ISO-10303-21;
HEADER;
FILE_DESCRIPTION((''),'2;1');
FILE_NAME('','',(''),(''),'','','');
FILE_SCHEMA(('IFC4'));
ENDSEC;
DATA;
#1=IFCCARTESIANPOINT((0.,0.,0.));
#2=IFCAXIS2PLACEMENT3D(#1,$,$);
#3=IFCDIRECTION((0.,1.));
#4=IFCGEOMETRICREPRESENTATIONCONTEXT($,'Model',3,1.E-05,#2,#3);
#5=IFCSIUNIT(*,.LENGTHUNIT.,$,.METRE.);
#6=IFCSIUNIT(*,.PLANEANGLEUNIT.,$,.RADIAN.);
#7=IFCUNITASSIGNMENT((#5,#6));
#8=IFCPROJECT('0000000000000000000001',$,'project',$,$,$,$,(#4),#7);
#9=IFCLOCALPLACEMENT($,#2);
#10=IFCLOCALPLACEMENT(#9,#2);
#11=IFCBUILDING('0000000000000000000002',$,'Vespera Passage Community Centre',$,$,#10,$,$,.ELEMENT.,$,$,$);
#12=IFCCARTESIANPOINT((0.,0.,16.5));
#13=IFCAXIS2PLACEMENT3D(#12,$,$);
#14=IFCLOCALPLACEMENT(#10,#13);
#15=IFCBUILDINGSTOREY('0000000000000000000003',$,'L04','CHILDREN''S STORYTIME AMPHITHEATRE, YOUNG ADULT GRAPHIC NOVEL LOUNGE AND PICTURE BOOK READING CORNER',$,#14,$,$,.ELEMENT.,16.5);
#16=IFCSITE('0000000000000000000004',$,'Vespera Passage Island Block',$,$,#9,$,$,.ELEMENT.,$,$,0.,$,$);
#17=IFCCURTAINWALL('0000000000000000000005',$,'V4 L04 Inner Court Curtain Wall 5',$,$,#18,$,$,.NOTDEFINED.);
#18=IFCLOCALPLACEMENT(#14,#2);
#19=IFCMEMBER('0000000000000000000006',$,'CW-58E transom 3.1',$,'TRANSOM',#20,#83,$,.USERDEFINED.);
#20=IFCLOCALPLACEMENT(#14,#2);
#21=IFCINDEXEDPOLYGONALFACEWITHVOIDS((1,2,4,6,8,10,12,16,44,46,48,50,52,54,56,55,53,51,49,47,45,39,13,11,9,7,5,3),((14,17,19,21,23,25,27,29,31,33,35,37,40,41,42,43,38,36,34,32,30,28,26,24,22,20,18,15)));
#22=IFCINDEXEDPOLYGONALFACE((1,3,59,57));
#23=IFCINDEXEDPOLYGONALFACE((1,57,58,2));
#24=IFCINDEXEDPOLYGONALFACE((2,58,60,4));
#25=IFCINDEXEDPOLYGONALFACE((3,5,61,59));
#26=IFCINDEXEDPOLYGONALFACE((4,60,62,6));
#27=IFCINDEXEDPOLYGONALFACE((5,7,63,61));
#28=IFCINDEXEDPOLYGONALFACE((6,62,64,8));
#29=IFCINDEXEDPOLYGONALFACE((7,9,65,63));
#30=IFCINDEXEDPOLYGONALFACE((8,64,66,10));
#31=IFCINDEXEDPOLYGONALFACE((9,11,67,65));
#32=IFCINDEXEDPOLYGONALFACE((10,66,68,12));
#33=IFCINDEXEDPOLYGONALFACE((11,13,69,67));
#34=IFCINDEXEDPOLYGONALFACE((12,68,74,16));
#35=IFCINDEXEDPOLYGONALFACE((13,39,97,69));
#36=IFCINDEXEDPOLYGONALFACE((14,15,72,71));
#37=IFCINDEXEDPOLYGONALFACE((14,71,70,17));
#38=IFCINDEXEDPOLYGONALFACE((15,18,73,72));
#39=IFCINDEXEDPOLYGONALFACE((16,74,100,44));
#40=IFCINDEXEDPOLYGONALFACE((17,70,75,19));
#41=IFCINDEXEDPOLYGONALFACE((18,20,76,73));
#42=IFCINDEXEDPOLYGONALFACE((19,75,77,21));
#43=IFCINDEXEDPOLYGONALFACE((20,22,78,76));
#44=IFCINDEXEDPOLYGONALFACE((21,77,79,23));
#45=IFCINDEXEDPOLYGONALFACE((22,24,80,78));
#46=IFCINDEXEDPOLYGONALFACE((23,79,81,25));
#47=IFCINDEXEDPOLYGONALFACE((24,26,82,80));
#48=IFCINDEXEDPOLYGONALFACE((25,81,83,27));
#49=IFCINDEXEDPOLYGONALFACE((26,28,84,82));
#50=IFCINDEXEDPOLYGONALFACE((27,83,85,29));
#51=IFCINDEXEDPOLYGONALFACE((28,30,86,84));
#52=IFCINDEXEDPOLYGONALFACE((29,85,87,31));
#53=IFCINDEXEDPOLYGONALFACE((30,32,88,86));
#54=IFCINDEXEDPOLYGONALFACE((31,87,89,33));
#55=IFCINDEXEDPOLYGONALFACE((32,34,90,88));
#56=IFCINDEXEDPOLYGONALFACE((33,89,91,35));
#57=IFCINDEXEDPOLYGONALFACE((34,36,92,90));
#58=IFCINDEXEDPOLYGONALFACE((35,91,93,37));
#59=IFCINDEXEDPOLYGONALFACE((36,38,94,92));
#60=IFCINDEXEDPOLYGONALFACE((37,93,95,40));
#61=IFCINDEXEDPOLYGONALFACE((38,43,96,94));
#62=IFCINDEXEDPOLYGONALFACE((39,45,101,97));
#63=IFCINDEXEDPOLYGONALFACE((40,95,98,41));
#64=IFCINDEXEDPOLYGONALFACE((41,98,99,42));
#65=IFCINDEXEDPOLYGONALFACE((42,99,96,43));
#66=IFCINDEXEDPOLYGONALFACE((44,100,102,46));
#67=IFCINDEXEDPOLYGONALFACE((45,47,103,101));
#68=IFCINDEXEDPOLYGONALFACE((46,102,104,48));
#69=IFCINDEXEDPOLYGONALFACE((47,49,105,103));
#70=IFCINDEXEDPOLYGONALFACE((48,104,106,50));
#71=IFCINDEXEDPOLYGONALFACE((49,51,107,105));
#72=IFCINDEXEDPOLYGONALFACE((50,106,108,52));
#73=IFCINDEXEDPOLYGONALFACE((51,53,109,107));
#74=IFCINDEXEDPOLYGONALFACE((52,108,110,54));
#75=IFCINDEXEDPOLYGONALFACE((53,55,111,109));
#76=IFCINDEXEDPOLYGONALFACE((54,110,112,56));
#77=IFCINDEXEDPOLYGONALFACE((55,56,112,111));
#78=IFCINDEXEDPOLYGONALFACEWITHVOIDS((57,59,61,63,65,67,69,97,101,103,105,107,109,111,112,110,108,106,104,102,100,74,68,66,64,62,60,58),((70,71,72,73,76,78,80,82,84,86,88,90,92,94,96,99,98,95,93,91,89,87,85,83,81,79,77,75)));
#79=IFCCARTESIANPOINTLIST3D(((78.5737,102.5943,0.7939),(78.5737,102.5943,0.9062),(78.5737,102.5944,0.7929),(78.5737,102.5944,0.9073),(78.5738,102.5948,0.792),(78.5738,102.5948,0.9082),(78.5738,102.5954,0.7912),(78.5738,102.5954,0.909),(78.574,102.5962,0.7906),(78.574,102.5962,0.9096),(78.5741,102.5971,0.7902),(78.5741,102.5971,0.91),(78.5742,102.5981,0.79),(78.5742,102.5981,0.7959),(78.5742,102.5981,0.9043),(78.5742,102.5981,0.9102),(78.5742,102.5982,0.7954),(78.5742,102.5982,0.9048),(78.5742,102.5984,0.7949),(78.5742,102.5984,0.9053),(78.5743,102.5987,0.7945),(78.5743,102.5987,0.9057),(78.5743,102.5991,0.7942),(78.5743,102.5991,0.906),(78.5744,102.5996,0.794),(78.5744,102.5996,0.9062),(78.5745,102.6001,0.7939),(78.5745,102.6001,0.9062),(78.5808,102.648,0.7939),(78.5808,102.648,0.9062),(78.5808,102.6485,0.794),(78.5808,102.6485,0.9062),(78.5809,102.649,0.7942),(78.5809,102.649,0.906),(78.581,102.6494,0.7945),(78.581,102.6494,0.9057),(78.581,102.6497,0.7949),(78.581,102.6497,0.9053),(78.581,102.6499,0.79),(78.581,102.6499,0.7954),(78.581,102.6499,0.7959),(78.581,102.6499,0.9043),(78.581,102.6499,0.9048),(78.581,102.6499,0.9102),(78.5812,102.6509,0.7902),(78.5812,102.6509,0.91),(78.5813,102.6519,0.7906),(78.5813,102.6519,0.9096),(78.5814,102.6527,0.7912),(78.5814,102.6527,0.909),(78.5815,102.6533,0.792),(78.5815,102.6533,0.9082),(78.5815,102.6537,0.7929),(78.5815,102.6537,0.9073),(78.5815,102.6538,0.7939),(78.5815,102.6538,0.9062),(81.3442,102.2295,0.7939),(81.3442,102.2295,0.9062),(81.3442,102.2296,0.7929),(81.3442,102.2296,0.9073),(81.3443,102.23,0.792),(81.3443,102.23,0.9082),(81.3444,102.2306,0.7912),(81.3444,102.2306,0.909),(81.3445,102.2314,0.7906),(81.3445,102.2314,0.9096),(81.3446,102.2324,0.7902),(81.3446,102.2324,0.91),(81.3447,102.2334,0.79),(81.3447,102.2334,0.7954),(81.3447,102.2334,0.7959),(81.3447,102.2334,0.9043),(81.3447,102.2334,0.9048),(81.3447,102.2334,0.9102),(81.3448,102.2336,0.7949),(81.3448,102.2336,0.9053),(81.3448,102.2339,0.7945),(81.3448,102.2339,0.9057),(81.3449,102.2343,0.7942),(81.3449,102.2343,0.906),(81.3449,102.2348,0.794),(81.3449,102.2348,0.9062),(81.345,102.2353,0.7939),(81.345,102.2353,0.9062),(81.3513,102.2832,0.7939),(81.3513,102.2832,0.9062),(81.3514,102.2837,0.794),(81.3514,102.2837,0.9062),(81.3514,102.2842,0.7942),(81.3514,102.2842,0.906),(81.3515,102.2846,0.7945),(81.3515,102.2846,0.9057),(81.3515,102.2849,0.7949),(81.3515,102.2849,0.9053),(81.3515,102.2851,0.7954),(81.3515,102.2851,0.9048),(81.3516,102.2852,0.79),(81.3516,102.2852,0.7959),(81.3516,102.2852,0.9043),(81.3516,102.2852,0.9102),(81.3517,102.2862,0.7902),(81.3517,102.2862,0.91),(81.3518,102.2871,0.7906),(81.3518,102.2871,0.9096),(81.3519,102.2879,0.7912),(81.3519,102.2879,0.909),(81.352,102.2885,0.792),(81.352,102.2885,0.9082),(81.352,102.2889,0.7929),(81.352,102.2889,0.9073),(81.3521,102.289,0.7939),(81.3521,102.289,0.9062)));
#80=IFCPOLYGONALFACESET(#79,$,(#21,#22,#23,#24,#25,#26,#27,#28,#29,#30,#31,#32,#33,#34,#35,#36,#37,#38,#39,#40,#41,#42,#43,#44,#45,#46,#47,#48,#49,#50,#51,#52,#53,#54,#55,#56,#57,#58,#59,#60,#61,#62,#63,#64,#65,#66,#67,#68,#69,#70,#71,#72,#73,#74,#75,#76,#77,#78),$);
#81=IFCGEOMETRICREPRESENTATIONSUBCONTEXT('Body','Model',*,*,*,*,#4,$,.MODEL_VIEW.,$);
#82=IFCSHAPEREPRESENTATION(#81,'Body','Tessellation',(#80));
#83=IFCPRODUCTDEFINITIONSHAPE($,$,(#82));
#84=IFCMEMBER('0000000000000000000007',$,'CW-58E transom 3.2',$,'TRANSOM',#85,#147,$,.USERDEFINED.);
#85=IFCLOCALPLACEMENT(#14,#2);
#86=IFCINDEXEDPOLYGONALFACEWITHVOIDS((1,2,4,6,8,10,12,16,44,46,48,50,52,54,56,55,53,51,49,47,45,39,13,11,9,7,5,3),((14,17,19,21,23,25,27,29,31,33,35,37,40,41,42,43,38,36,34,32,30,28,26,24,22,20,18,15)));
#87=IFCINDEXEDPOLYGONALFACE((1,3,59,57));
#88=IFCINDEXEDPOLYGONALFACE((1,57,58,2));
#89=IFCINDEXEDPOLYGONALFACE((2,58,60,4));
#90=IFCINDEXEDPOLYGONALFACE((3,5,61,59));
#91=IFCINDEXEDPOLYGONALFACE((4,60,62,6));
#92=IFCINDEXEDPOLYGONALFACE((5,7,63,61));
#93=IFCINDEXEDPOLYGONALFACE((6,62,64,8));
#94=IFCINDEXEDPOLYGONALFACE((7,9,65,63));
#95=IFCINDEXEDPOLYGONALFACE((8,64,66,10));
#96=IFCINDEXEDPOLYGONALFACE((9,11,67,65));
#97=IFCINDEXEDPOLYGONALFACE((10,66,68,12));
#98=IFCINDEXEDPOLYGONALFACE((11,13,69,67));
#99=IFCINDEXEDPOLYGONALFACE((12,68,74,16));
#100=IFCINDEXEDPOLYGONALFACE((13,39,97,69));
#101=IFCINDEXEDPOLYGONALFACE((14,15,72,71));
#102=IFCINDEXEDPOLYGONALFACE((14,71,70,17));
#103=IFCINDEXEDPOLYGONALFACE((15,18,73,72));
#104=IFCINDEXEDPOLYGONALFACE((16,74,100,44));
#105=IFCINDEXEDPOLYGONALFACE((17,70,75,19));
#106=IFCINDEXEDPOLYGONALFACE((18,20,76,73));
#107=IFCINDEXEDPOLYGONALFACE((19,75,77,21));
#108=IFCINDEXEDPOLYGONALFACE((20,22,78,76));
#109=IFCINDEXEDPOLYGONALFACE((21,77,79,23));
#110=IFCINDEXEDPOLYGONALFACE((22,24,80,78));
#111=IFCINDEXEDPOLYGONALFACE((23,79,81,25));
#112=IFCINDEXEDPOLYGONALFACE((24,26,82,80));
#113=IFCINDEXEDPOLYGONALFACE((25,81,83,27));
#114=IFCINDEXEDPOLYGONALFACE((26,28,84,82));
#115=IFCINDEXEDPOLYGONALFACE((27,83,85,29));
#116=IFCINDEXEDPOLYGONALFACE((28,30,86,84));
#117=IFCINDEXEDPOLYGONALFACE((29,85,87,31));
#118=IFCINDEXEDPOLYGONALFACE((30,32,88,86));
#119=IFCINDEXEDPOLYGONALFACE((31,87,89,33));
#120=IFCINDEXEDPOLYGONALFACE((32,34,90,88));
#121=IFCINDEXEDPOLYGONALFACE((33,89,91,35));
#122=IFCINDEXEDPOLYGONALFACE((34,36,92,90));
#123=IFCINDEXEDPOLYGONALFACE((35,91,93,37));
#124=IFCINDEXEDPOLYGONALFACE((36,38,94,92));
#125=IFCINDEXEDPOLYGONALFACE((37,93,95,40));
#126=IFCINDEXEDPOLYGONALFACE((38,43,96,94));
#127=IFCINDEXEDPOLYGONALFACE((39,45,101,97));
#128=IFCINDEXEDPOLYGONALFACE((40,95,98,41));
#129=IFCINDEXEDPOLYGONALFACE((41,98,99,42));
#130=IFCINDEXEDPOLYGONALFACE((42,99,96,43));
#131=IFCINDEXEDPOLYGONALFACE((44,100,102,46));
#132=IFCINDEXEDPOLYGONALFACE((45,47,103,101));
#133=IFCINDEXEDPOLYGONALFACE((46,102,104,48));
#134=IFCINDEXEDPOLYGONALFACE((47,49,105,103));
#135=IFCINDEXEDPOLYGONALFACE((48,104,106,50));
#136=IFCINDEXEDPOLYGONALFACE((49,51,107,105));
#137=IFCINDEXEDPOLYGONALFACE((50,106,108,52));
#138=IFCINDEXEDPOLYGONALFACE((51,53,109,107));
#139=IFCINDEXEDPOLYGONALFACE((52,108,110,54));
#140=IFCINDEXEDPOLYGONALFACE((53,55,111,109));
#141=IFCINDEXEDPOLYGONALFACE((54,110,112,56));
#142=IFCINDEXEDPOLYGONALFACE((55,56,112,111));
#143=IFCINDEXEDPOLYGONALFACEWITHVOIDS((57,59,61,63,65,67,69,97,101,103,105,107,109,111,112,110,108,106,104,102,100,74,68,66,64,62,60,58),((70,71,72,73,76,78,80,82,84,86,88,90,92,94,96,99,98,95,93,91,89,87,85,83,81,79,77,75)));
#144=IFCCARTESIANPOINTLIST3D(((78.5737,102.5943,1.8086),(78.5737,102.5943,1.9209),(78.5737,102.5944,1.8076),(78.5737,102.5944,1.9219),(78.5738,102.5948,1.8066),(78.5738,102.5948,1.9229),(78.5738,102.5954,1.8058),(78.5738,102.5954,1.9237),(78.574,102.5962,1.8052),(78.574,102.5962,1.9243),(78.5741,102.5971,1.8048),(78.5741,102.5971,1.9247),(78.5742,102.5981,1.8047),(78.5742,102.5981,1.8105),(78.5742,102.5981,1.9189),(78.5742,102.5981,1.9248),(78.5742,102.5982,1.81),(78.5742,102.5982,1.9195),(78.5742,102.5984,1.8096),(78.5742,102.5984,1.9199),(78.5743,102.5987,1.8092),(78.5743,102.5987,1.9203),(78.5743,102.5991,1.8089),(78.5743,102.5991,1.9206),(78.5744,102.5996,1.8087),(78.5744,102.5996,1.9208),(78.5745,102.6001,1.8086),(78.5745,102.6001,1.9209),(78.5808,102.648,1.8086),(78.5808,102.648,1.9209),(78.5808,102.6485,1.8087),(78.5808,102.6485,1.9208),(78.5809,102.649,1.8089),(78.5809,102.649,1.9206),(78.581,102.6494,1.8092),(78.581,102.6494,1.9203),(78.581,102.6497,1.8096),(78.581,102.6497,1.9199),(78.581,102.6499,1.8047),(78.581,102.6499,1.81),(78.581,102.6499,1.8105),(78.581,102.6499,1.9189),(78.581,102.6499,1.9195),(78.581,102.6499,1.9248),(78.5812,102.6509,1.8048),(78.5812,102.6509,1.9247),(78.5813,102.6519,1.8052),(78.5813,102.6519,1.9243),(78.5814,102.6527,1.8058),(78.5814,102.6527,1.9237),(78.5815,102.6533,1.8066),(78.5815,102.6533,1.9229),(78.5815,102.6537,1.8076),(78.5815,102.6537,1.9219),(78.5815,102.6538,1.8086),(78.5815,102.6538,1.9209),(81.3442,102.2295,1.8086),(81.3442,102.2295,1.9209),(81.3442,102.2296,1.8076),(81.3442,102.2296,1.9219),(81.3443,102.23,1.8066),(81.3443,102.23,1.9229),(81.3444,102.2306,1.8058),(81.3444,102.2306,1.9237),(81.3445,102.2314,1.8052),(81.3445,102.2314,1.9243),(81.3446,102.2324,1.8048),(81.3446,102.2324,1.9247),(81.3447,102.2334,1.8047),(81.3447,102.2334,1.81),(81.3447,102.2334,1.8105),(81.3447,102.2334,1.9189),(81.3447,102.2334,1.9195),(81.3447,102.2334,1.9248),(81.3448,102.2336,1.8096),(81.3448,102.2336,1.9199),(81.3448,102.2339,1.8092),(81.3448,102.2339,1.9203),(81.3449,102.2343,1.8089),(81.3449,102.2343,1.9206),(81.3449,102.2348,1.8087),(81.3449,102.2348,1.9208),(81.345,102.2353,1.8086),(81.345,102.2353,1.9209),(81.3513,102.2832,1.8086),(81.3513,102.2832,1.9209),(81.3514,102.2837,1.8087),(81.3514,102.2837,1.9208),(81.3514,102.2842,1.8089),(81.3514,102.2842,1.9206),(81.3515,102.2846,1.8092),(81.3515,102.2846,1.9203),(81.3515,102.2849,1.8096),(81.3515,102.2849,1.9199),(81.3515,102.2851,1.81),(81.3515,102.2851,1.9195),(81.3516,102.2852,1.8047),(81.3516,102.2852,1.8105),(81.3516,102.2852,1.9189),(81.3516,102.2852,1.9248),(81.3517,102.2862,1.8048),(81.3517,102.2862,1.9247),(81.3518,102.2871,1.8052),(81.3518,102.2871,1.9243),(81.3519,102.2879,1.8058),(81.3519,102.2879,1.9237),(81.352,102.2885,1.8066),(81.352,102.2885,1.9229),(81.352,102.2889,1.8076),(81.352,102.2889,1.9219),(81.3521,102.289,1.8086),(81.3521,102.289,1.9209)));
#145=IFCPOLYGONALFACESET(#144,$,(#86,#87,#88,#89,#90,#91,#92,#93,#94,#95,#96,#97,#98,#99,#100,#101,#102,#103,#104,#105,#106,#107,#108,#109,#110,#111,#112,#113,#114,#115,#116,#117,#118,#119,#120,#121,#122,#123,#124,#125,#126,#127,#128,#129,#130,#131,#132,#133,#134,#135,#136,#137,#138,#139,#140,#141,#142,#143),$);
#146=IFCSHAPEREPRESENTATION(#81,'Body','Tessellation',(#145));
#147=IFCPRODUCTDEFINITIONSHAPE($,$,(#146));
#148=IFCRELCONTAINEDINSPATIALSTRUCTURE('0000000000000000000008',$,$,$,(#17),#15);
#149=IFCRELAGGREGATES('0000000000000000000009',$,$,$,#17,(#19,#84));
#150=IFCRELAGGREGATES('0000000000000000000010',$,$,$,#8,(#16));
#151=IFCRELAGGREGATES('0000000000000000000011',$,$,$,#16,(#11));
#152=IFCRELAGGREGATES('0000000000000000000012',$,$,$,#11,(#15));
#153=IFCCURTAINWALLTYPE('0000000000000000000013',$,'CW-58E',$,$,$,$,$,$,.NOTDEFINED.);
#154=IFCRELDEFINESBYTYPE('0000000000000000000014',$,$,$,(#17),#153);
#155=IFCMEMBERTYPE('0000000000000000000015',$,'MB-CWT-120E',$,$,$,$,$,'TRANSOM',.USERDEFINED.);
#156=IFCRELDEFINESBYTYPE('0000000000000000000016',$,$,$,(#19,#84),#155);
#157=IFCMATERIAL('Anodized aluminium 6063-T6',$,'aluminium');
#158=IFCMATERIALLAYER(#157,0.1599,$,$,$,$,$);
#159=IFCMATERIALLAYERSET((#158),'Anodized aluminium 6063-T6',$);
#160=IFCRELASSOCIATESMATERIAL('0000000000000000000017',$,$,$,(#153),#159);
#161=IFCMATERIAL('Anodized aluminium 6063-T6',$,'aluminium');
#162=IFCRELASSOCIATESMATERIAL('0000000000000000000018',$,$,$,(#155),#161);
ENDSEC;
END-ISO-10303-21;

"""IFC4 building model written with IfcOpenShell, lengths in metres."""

from ifc_helpers import new_model, si_unit, direction, frame, origin, origin_2d, place, context, subcontext, project, spatial, hollow_rectangle, extrude, material, layer, layer_set, material_profile, profile_set, type_object, element, aggregate, save


model = new_model("IFC4")

# Units and contexts
model_context = context("Model", 3, precision=1e-05, world=origin(), true_north=direction((0.0, 1.0)))
body_context = subcontext(model_context, "Body", "Model", "MODEL_VIEW")
ifc_project = project(units=[si_unit("LENGTHUNIT", "METRE"), si_unit("PLANEANGLEUNIT", "RADIAN")], contexts=[model_context])

# Site, building, storey
site_placement = place(None, origin())
site = spatial("IfcSite", under=ifc_project, at=site_placement, Name="Vespera Passage Island Block", CompositionType="ELEMENT", RefElevation=0.0)
building_placement = place(site_placement, origin())
building = spatial("IfcBuilding", under=site, at=building_placement, Name="Vespera Passage Community Centre", CompositionType="ELEMENT")
storey_placement = place(building_placement, frame((0.0, 0.0, 16.5)))
storey = spatial("IfcBuildingStorey", under=building, at=storey_placement, Name="L04", Description="CHILDREN'S STORYTIME AMPHITHEATRE, YOUNG ADULT GRAPHIC NOVEL LOUNGE AND PICTURE BOOK READING CORNER", CompositionType="ELEMENT", Elevation=16.5)

# Curtain wall
ifc_material_1 = material(Name="Anodized aluminium 6063-T6", Category="aluminium")
ifc_layer_1 = layer(ifc_material_1, 0.1599)
ifc_layer_set_1 = layer_set([ifc_layer_1], Name="Anodized aluminium 6063-T6")
curtain_wall_type_1 = type_object("IfcCurtainWallType", Name="CW-58E", PredefinedType="NOTDEFINED", material=ifc_layer_set_1)
curtain_wall_1_placement = place(storey_placement, origin())
curtain_wall_1 = element("IfcCurtainWall", 1, at=curtain_wall_1_placement, inside=storey, type_object=curtain_wall_type_1, Name="V4 L04 Inner Court Curtain Wall 5", PredefinedType="NOTDEFINED")

# Members
ifc_material_2 = material(Name="Anodized aluminium 6063-T6", Category="aluminium")
ifc_material_profile_1 = material_profile(ifc_material_2, hollow_rectangle(XDim=0.0601, YDim=0.1201, WallThickness=0.0039, InnerFilletRadius=0.002, OuterFilletRadius=0.0039, at=origin_2d()), Name="ALU120X60X4")
ifc_profile_set_1 = profile_set([ifc_material_profile_1], Name="Anodized aluminium 6063-T6")
member_type_1 = type_object("IfcMemberType", Name="MB-CWT-120E", ElementType="TRANSOM", PredefinedType="USERDEFINED", material=ifc_profile_set_1)
member_1_placement = place(storey_placement, frame((81.3481, 102.2593, 0.8501), z_axis=(-0.991445, 0.130527, 0.0), x_axis=(-0.130527, -0.991445, 0.0)))
member_1 = element("IfcMember", 2, at=member_1_placement, type_object=member_type_1, Name="CW-58E transom 3.1", ObjectType="TRANSOM", PredefinedType="USERDEFINED", context=body_context, shape_type="SweptSolid", body=[
    extrude(hollow_rectangle(XDim=0.0601, YDim=0.1201, WallThickness=0.0039, InnerFilletRadius=0.002, OuterFilletRadius=0.0039, at=origin_2d()), origin(), (0.0, 0.0, 1.0), 2.7944),
])
member_2_placement = place(storey_placement, frame((81.3481, 102.2593, 1.8647), z_axis=(-0.991445, 0.130527, 0.0), x_axis=(-0.130527, -0.991445, 0.0)))
member_2 = element("IfcMember", 3, at=member_2_placement, type_object=member_type_1, Name="CW-58E transom 3.2", ObjectType="TRANSOM", PredefinedType="USERDEFINED", context=body_context, shape_type="SweptSolid", body=[
    extrude(hollow_rectangle(XDim=0.0601, YDim=0.1201, WallThickness=0.0039, InnerFilletRadius=0.002, OuterFilletRadius=0.0039, at=origin_2d()), origin(), (0.0, 0.0, 1.0), 2.7944),
])

aggregate(curtain_wall_1, [member_1, member_2])

save(model, "model.ifc")
